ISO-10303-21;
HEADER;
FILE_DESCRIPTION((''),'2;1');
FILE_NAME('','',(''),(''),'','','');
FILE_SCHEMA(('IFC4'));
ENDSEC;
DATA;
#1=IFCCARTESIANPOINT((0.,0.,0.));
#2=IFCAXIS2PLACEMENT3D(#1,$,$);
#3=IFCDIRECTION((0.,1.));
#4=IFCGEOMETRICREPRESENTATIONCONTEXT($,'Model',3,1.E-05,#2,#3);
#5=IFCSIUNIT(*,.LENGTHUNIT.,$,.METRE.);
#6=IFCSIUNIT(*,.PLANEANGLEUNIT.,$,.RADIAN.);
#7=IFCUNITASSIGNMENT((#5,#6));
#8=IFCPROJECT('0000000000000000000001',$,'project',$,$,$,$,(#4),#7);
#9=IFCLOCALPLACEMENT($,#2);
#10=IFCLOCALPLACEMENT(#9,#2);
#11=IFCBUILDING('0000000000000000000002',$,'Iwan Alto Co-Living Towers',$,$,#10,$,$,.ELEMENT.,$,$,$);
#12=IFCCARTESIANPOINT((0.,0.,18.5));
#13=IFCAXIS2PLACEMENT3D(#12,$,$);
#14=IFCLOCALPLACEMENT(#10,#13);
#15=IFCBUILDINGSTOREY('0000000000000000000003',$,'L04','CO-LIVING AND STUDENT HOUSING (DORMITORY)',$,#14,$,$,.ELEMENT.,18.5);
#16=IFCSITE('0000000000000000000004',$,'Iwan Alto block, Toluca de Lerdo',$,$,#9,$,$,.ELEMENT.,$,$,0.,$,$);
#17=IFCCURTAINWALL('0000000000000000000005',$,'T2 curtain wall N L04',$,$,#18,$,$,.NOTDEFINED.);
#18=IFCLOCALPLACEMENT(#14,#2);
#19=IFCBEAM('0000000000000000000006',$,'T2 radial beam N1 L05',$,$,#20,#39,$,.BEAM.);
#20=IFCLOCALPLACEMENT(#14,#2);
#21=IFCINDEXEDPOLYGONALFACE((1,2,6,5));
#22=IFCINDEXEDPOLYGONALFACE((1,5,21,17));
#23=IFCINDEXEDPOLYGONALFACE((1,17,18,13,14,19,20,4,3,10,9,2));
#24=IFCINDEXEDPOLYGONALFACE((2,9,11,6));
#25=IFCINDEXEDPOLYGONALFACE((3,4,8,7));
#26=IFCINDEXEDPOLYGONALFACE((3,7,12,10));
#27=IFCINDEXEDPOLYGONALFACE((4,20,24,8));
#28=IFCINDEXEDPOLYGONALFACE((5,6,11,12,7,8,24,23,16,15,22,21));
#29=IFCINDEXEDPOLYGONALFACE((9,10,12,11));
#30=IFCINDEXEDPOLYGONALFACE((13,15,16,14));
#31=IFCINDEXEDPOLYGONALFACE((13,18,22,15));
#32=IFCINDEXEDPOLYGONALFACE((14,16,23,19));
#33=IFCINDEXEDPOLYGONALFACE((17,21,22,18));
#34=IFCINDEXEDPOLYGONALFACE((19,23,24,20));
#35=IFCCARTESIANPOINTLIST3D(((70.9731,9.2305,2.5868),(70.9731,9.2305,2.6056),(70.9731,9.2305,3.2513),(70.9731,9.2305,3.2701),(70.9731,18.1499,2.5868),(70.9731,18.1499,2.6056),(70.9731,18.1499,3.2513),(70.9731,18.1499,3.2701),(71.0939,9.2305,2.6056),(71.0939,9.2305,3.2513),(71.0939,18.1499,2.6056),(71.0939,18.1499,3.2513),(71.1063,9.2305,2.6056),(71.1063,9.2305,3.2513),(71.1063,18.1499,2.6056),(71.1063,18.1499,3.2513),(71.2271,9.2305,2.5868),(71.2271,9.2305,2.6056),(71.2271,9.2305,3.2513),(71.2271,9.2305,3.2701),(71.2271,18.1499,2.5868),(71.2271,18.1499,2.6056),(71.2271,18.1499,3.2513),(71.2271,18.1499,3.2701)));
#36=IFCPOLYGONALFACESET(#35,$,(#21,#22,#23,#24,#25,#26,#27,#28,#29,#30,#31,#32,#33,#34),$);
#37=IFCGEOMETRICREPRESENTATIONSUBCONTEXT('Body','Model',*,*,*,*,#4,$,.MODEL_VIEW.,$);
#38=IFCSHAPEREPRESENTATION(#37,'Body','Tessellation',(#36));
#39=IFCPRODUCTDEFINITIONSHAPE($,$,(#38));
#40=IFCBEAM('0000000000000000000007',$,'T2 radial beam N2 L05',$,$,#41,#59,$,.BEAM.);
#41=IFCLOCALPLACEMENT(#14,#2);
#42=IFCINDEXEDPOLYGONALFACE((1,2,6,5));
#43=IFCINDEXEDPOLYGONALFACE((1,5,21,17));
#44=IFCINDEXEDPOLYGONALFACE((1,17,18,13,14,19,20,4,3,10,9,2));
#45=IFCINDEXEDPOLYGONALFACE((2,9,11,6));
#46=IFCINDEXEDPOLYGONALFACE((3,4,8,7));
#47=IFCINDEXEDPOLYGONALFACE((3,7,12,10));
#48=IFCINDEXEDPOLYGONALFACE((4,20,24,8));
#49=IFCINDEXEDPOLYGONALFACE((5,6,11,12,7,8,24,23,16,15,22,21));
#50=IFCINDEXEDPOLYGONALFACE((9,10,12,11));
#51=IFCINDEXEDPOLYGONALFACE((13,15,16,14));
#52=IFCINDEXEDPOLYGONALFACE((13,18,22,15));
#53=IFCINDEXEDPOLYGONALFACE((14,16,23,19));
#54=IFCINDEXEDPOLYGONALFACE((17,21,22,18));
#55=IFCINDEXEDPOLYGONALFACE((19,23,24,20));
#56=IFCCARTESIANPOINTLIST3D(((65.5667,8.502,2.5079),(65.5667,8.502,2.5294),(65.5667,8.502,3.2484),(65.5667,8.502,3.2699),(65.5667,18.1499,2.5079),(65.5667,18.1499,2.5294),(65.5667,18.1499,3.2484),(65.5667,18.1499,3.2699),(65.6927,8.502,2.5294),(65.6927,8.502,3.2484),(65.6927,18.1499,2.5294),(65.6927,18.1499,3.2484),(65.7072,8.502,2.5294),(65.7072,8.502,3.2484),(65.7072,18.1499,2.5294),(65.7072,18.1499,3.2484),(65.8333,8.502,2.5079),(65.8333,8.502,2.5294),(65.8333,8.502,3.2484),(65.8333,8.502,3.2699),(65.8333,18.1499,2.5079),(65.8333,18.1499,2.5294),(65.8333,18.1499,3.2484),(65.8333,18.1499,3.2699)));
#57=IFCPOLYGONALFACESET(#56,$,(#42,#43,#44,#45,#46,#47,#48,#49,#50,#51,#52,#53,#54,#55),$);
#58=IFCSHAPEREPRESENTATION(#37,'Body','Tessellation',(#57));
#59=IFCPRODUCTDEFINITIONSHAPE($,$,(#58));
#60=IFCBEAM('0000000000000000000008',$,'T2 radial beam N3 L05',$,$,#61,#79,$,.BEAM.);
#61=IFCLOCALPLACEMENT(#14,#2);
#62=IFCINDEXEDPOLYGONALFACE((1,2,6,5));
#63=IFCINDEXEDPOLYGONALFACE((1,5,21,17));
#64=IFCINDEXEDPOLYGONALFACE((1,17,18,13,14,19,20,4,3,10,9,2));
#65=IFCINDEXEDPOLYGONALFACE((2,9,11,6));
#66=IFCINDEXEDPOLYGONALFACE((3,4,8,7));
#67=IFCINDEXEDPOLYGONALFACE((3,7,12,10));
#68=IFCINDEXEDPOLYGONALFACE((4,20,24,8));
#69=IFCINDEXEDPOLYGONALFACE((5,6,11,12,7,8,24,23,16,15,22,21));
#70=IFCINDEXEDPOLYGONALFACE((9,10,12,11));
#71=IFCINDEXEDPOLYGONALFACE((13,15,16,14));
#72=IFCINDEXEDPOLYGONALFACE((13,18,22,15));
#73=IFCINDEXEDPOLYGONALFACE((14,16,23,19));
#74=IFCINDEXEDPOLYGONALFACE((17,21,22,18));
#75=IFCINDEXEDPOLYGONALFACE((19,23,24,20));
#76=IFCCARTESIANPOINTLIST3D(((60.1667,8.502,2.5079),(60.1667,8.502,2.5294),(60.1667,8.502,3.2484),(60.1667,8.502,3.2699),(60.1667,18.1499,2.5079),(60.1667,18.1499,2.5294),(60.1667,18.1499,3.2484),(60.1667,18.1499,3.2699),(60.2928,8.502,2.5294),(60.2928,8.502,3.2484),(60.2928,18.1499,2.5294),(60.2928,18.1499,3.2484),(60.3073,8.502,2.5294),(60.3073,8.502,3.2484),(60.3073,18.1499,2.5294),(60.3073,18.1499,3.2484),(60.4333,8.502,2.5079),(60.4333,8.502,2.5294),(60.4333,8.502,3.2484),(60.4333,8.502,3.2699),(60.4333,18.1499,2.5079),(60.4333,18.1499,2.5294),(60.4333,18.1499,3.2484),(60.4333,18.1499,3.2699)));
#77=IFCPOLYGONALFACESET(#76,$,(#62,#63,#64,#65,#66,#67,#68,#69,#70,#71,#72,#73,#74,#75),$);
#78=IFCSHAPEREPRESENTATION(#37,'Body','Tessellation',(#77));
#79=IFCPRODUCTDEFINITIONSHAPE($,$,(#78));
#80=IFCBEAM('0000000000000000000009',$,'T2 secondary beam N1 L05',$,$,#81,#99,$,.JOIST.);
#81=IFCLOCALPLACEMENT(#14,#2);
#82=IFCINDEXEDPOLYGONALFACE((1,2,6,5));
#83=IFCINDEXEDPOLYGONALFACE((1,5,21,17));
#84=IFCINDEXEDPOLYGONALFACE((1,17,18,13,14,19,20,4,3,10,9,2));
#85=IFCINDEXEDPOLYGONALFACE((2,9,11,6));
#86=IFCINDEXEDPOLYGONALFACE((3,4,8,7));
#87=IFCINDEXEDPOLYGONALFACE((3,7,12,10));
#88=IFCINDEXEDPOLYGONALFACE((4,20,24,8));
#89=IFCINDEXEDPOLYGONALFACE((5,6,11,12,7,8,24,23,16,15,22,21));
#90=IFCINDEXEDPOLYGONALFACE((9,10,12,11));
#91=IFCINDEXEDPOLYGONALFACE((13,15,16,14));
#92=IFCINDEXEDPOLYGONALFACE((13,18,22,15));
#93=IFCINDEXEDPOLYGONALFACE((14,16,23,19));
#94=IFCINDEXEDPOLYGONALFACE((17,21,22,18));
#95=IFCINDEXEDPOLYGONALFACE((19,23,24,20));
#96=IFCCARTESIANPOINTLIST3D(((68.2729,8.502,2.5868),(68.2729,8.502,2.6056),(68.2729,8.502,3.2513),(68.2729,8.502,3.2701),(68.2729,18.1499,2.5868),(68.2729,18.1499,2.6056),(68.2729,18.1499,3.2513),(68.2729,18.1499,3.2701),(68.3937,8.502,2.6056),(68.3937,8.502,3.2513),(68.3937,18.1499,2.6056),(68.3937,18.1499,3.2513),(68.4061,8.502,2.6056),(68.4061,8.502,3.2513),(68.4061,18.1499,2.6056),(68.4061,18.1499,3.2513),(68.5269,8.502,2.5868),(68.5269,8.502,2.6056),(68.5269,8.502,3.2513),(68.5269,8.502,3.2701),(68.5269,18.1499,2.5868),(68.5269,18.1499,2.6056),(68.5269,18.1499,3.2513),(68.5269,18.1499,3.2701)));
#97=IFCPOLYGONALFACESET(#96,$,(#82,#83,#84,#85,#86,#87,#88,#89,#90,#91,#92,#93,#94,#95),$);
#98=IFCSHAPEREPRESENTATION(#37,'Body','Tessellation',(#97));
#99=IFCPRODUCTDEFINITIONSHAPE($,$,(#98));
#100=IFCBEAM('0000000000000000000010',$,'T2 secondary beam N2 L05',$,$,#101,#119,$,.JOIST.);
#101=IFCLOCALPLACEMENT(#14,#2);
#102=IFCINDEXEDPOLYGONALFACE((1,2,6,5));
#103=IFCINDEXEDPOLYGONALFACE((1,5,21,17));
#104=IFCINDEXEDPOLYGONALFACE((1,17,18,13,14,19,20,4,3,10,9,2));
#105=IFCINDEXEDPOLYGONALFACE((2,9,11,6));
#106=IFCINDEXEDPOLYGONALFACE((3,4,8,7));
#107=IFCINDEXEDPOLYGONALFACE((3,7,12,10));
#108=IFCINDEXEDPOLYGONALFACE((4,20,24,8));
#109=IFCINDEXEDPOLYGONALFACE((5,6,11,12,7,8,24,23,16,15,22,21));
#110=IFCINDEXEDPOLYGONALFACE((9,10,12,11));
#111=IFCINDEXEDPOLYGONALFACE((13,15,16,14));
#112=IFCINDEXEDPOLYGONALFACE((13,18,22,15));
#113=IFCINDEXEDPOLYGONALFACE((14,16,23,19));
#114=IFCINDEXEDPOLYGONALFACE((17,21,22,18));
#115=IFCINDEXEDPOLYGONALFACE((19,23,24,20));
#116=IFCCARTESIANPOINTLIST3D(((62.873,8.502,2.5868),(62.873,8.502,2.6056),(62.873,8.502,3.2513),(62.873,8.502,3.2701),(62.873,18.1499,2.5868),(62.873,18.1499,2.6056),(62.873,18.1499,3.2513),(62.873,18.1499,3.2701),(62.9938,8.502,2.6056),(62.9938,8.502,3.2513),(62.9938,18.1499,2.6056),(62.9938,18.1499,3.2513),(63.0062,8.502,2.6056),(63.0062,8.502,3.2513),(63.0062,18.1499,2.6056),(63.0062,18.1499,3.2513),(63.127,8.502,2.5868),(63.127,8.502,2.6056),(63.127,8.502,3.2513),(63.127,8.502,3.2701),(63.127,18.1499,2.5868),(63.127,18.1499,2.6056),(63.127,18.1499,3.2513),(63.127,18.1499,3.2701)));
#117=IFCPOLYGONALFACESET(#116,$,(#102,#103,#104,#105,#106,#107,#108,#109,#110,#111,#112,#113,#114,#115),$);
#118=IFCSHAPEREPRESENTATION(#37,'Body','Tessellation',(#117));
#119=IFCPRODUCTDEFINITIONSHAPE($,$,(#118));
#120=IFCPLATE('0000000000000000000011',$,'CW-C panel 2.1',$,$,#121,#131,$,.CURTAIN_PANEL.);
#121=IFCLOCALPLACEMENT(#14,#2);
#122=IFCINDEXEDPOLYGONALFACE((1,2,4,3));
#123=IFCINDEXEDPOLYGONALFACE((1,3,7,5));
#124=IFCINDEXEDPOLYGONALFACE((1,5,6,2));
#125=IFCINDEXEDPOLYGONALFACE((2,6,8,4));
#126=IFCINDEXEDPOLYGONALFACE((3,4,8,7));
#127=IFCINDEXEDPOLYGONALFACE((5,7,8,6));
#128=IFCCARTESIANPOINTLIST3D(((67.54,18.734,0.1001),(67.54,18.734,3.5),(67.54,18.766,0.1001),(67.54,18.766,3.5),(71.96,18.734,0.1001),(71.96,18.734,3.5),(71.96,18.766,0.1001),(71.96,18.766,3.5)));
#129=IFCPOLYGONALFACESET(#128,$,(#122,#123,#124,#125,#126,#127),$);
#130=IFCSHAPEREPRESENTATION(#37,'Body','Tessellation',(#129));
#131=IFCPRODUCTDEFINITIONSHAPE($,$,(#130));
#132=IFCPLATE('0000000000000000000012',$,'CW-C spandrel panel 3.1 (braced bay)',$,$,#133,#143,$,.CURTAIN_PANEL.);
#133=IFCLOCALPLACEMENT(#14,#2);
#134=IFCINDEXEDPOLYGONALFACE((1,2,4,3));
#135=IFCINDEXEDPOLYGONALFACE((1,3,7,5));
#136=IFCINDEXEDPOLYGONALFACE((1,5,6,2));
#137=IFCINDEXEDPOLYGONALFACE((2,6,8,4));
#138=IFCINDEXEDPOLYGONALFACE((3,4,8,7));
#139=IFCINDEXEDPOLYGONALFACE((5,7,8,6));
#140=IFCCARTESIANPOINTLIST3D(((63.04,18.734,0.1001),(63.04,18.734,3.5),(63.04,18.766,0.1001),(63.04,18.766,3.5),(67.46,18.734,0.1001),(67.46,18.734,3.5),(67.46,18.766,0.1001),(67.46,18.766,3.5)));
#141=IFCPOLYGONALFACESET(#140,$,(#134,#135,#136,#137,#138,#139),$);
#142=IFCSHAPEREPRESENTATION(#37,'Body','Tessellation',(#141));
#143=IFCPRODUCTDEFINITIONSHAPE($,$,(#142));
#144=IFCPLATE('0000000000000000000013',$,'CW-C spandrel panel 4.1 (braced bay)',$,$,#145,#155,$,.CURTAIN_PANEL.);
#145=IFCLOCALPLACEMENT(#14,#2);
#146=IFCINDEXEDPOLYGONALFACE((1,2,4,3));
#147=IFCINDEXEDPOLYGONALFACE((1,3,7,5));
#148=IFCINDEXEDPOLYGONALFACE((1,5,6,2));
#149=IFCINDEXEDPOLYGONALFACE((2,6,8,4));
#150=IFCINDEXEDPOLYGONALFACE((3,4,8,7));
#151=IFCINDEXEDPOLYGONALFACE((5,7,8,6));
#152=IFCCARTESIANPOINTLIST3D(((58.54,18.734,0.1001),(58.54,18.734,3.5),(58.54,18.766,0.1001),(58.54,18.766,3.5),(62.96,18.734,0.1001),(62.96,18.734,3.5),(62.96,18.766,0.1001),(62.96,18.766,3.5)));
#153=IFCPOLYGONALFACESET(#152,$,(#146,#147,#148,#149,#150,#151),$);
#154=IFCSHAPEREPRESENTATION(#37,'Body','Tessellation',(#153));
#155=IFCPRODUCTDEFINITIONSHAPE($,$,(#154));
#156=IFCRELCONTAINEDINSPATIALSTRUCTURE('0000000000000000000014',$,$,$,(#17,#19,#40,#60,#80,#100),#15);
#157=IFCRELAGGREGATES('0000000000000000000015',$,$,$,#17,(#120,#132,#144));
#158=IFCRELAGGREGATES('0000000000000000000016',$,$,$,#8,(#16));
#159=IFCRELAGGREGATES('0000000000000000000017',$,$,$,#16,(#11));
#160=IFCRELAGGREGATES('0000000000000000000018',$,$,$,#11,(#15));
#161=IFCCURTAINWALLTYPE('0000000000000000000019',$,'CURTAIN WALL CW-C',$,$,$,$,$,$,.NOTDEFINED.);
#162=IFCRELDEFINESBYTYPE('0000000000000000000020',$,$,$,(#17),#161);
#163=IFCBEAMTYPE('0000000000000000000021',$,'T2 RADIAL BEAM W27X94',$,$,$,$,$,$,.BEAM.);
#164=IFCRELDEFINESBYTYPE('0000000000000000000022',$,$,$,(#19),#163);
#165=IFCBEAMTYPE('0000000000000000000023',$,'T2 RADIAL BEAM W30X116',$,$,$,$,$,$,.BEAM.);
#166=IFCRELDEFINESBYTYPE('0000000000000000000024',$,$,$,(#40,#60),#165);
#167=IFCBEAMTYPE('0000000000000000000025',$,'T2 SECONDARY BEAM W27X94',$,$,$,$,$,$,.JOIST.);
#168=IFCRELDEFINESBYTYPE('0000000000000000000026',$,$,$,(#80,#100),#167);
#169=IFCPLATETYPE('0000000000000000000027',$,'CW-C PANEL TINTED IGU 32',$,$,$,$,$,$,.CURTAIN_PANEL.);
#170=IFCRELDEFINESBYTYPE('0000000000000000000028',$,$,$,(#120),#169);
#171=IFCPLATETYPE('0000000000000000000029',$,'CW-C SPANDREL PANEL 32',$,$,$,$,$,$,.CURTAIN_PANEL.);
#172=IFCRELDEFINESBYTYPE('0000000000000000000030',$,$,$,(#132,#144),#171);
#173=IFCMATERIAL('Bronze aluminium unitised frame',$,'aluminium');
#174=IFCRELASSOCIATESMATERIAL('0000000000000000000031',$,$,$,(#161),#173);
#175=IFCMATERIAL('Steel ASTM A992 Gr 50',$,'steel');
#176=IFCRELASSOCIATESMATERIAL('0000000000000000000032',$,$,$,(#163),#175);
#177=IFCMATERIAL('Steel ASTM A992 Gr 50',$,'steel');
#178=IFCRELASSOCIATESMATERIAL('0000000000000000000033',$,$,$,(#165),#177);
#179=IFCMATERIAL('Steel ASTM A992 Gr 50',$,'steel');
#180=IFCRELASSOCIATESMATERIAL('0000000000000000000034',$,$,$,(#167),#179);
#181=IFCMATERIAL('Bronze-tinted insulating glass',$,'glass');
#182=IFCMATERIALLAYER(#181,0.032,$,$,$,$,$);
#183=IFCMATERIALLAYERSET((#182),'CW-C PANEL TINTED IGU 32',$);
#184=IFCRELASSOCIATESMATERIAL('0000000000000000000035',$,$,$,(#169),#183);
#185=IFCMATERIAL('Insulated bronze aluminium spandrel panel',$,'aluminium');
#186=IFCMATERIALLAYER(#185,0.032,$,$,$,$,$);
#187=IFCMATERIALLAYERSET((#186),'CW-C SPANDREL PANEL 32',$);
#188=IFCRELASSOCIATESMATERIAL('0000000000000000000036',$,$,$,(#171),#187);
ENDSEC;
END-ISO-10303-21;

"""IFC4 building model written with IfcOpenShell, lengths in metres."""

from ifc_helpers import new_model, si_unit, direction, frame, origin, origin_2d, place, context, subcontext, project, spatial, rectangle, i_section, extrude, material, layer, layer_set, material_profile, profile_set, type_object, element, aggregate, save


model = new_model("IFC4")

# Units and contexts
model_context = context("Model", 3, precision=1e-05, world=origin(), true_north=direction((0.0, 1.0)))
body_context = subcontext(model_context, "Body", "Model", "MODEL_VIEW")
ifc_project = project(units=[si_unit("LENGTHUNIT", "METRE"), si_unit("PLANEANGLEUNIT", "RADIAN")], contexts=[model_context])

# Site, building, storey
site_placement = place(None, origin())
site = spatial("IfcSite", under=ifc_project, at=site_placement, Name="Iwan Alto block, Toluca de Lerdo", CompositionType="ELEMENT", RefElevation=0.0)
building_placement = place(site_placement, origin())
building = spatial("IfcBuilding", under=site, at=building_placement, Name="Iwan Alto Co-Living Towers", CompositionType="ELEMENT")
storey_placement = place(building_placement, frame((0.0, 0.0, 18.5)))
storey = spatial("IfcBuildingStorey", under=building, at=storey_placement, Name="L04", Description="CO-LIVING AND STUDENT HOUSING (DORMITORY)", CompositionType="ELEMENT", Elevation=18.5)

# Curtain wall
ifc_material_1 = material(Name="Bronze aluminium unitised frame", Category="aluminium")
curtain_wall_type = type_object("IfcCurtainWallType", Name="CURTAIN WALL CW-C", PredefinedType="NOTDEFINED", material=ifc_material_1)
curtain_wall_placement = place(storey_placement, origin())
curtain_wall = element("IfcCurtainWall", 1, at=curtain_wall_placement, inside=storey, type_object=curtain_wall_type, Name="T2 curtain wall N L04", PredefinedType="NOTDEFINED")

# Beams
ifc_material_2 = material(Name="Steel ASTM A992 Gr 50", Category="steel")
ifc_material_profile_1 = material_profile(ifc_material_2, i_section(OverallWidth=0.2539, OverallDepth=0.6833, WebThickness=0.0125, FlangeThickness=0.0188, at=origin_2d()), Name="W27X94")
ifc_profile_set_1 = profile_set([ifc_material_profile_1], Name="Steel ASTM A992 Gr 50")
beam_type_1 = type_object("IfcBeamType", Name="T2 RADIAL BEAM W27X94", PredefinedType="BEAM", material=ifc_profile_set_1)
beam_1_placement = place(storey_placement, frame((71.1001, 18.1499, 2.9285), z_axis=(0.0, -1.0, 0.0), x_axis=(1.0, 0.0, 0.0)))
element("IfcBeam", 2, at=beam_1_placement, inside=storey, type_object=beam_type_1, Name="T2 radial beam N1 L05", PredefinedType="BEAM", context=body_context, shape_type="SweptSolid", body=[
    extrude(i_section(OverallWidth=0.2539, OverallDepth=0.6833, WebThickness=0.0125, FlangeThickness=0.0188, at=origin_2d()), origin(), (0.0, 0.0, 1.0), 8.9194),
])
ifc_material_3 = material(Name="Steel ASTM A992 Gr 50", Category="steel")
ifc_material_profile_2 = material_profile(ifc_material_3, i_section(OverallWidth=0.2666, OverallDepth=0.762, WebThickness=0.0144, FlangeThickness=0.0215, at=origin_2d()), Name="W30X116")
ifc_profile_set_2 = profile_set([ifc_material_profile_2], Name="Steel ASTM A992 Gr 50")
beam_type_2 = type_object("IfcBeamType", Name="T2 RADIAL BEAM W30X116", PredefinedType="BEAM", material=ifc_profile_set_2)
for number, where, z_axis, x_axis, name in (
    (3, (65.7, 18.1499, 2.8889), (0.0, -1.0, 0.0), (1.0, 0.0, 0.0), "T2 radial beam N2 L05"),
    (4, (60.3, 18.1499, 2.8889), (0.0, -1.0, 0.0), (1.0, 0.0, 0.0), "T2 radial beam N3 L05"),
):
    element("IfcBeam", number, at=place(storey_placement, frame(where, z_axis=z_axis, x_axis=x_axis)), inside=storey, type_object=beam_type_2, Name=name, PredefinedType="BEAM", context=body_context, shape_type="SweptSolid", body=[
        extrude(i_section(OverallWidth=0.2666, OverallDepth=0.762, WebThickness=0.0144, FlangeThickness=0.0215, at=origin_2d()), origin(), (0.0, 0.0, 1.0), 9.6479),
    ])
ifc_material_4 = material(Name="Steel ASTM A992 Gr 50", Category="steel")
ifc_material_profile_3 = material_profile(ifc_material_4, i_section(OverallWidth=0.2539, OverallDepth=0.6833, WebThickness=0.0125, FlangeThickness=0.0188, at=origin_2d()), Name="W27X94")
ifc_profile_set_3 = profile_set([ifc_material_profile_3], Name="Steel ASTM A992 Gr 50")
beam_type_3 = type_object("IfcBeamType", Name="T2 SECONDARY BEAM W27X94", PredefinedType="JOIST", material=ifc_profile_set_3)
for number, where, z_axis, x_axis, name in (
    (5, (68.3999, 18.1499, 2.9285), (0.0, -1.0, 0.0), (1.0, 0.0, 0.0), "T2 secondary beam N1 L05"),
    (6, (63.0, 18.1499, 2.9285), (0.0, -1.0, 0.0), (1.0, 0.0, 0.0), "T2 secondary beam N2 L05"),
):
    element("IfcBeam", number, at=place(storey_placement, frame(where, z_axis=z_axis, x_axis=x_axis)), inside=storey, type_object=beam_type_3, Name=name, PredefinedType="JOIST", context=body_context, shape_type="SweptSolid", body=[
        extrude(i_section(OverallWidth=0.2539, OverallDepth=0.6833, WebThickness=0.0125, FlangeThickness=0.0188, at=origin_2d()), origin(), (0.0, 0.0, 1.0), 9.6479),
    ])

# Plates
ifc_material_5 = material(Name="Bronze-tinted insulating glass", Category="glass")
ifc_layer_1 = layer(ifc_material_5, 0.032)
ifc_layer_set_1 = layer_set([ifc_layer_1], Name="CW-C PANEL TINTED IGU 32")
plate_type_1 = type_object("IfcPlateType", Name="CW-C PANEL TINTED IGU 32", PredefinedType="CURTAIN_PANEL", material=ifc_layer_set_1)
plate_1_placement = place(storey_placement, frame((69.75, 18.75, 0.1001), z_axis=(0.0, 0.0, 1.0), x_axis=(-1.0, 0.0, 0.0)))
plate_1 = element("IfcPlate", 7, at=plate_1_placement, type_object=plate_type_1, Name="CW-C panel 2.1", PredefinedType="CURTAIN_PANEL", context=body_context, shape_type="SweptSolid", body=[
    extrude(rectangle(XDim=4.4199, YDim=0.032, at=origin_2d()), origin(), (0.0, 0.0, 1.0), 3.3999),
])
ifc_material_6 = material(Name="Insulated bronze aluminium spandrel panel", Category="aluminium")
ifc_layer_2 = layer(ifc_material_6, 0.032)
ifc_layer_set_2 = layer_set([ifc_layer_2], Name="CW-C SPANDREL PANEL 32")
plate_type_2 = type_object("IfcPlateType", Name="CW-C SPANDREL PANEL 32", PredefinedType="CURTAIN_PANEL", material=ifc_layer_set_2)
plate_2_placement = place(storey_placement, frame((65.25, 18.75, 0.1001), z_axis=(0.0, 0.0, 1.0), x_axis=(-1.0, 0.0, 0.0)))
plate_2 = element("IfcPlate", 8, at=plate_2_placement, type_object=plate_type_2, Name="CW-C spandrel panel 3.1 (braced bay)", PredefinedType="CURTAIN_PANEL", context=body_context, shape_type="SweptSolid", body=[
    extrude(rectangle(XDim=4.4199, YDim=0.032, at=origin_2d()), origin(), (0.0, 0.0, 1.0), 3.3999),
])
plate_3_placement = place(storey_placement, frame((60.75, 18.75, 0.1001), z_axis=(0.0, 0.0, 1.0), x_axis=(-1.0, 0.0, 0.0)))
plate_3 = element("IfcPlate", 9, at=plate_3_placement, type_object=plate_type_2, Name="CW-C spandrel panel 4.1 (braced bay)", PredefinedType="CURTAIN_PANEL", context=body_context, shape_type="SweptSolid", body=[
    extrude(rectangle(XDim=4.4199, YDim=0.032, at=origin_2d()), origin(), (0.0, 0.0, 1.0), 3.3999),
])
aggregate(curtain_wall, [plate_1, plate_2, plate_3])

save(model, "model.ifc")
